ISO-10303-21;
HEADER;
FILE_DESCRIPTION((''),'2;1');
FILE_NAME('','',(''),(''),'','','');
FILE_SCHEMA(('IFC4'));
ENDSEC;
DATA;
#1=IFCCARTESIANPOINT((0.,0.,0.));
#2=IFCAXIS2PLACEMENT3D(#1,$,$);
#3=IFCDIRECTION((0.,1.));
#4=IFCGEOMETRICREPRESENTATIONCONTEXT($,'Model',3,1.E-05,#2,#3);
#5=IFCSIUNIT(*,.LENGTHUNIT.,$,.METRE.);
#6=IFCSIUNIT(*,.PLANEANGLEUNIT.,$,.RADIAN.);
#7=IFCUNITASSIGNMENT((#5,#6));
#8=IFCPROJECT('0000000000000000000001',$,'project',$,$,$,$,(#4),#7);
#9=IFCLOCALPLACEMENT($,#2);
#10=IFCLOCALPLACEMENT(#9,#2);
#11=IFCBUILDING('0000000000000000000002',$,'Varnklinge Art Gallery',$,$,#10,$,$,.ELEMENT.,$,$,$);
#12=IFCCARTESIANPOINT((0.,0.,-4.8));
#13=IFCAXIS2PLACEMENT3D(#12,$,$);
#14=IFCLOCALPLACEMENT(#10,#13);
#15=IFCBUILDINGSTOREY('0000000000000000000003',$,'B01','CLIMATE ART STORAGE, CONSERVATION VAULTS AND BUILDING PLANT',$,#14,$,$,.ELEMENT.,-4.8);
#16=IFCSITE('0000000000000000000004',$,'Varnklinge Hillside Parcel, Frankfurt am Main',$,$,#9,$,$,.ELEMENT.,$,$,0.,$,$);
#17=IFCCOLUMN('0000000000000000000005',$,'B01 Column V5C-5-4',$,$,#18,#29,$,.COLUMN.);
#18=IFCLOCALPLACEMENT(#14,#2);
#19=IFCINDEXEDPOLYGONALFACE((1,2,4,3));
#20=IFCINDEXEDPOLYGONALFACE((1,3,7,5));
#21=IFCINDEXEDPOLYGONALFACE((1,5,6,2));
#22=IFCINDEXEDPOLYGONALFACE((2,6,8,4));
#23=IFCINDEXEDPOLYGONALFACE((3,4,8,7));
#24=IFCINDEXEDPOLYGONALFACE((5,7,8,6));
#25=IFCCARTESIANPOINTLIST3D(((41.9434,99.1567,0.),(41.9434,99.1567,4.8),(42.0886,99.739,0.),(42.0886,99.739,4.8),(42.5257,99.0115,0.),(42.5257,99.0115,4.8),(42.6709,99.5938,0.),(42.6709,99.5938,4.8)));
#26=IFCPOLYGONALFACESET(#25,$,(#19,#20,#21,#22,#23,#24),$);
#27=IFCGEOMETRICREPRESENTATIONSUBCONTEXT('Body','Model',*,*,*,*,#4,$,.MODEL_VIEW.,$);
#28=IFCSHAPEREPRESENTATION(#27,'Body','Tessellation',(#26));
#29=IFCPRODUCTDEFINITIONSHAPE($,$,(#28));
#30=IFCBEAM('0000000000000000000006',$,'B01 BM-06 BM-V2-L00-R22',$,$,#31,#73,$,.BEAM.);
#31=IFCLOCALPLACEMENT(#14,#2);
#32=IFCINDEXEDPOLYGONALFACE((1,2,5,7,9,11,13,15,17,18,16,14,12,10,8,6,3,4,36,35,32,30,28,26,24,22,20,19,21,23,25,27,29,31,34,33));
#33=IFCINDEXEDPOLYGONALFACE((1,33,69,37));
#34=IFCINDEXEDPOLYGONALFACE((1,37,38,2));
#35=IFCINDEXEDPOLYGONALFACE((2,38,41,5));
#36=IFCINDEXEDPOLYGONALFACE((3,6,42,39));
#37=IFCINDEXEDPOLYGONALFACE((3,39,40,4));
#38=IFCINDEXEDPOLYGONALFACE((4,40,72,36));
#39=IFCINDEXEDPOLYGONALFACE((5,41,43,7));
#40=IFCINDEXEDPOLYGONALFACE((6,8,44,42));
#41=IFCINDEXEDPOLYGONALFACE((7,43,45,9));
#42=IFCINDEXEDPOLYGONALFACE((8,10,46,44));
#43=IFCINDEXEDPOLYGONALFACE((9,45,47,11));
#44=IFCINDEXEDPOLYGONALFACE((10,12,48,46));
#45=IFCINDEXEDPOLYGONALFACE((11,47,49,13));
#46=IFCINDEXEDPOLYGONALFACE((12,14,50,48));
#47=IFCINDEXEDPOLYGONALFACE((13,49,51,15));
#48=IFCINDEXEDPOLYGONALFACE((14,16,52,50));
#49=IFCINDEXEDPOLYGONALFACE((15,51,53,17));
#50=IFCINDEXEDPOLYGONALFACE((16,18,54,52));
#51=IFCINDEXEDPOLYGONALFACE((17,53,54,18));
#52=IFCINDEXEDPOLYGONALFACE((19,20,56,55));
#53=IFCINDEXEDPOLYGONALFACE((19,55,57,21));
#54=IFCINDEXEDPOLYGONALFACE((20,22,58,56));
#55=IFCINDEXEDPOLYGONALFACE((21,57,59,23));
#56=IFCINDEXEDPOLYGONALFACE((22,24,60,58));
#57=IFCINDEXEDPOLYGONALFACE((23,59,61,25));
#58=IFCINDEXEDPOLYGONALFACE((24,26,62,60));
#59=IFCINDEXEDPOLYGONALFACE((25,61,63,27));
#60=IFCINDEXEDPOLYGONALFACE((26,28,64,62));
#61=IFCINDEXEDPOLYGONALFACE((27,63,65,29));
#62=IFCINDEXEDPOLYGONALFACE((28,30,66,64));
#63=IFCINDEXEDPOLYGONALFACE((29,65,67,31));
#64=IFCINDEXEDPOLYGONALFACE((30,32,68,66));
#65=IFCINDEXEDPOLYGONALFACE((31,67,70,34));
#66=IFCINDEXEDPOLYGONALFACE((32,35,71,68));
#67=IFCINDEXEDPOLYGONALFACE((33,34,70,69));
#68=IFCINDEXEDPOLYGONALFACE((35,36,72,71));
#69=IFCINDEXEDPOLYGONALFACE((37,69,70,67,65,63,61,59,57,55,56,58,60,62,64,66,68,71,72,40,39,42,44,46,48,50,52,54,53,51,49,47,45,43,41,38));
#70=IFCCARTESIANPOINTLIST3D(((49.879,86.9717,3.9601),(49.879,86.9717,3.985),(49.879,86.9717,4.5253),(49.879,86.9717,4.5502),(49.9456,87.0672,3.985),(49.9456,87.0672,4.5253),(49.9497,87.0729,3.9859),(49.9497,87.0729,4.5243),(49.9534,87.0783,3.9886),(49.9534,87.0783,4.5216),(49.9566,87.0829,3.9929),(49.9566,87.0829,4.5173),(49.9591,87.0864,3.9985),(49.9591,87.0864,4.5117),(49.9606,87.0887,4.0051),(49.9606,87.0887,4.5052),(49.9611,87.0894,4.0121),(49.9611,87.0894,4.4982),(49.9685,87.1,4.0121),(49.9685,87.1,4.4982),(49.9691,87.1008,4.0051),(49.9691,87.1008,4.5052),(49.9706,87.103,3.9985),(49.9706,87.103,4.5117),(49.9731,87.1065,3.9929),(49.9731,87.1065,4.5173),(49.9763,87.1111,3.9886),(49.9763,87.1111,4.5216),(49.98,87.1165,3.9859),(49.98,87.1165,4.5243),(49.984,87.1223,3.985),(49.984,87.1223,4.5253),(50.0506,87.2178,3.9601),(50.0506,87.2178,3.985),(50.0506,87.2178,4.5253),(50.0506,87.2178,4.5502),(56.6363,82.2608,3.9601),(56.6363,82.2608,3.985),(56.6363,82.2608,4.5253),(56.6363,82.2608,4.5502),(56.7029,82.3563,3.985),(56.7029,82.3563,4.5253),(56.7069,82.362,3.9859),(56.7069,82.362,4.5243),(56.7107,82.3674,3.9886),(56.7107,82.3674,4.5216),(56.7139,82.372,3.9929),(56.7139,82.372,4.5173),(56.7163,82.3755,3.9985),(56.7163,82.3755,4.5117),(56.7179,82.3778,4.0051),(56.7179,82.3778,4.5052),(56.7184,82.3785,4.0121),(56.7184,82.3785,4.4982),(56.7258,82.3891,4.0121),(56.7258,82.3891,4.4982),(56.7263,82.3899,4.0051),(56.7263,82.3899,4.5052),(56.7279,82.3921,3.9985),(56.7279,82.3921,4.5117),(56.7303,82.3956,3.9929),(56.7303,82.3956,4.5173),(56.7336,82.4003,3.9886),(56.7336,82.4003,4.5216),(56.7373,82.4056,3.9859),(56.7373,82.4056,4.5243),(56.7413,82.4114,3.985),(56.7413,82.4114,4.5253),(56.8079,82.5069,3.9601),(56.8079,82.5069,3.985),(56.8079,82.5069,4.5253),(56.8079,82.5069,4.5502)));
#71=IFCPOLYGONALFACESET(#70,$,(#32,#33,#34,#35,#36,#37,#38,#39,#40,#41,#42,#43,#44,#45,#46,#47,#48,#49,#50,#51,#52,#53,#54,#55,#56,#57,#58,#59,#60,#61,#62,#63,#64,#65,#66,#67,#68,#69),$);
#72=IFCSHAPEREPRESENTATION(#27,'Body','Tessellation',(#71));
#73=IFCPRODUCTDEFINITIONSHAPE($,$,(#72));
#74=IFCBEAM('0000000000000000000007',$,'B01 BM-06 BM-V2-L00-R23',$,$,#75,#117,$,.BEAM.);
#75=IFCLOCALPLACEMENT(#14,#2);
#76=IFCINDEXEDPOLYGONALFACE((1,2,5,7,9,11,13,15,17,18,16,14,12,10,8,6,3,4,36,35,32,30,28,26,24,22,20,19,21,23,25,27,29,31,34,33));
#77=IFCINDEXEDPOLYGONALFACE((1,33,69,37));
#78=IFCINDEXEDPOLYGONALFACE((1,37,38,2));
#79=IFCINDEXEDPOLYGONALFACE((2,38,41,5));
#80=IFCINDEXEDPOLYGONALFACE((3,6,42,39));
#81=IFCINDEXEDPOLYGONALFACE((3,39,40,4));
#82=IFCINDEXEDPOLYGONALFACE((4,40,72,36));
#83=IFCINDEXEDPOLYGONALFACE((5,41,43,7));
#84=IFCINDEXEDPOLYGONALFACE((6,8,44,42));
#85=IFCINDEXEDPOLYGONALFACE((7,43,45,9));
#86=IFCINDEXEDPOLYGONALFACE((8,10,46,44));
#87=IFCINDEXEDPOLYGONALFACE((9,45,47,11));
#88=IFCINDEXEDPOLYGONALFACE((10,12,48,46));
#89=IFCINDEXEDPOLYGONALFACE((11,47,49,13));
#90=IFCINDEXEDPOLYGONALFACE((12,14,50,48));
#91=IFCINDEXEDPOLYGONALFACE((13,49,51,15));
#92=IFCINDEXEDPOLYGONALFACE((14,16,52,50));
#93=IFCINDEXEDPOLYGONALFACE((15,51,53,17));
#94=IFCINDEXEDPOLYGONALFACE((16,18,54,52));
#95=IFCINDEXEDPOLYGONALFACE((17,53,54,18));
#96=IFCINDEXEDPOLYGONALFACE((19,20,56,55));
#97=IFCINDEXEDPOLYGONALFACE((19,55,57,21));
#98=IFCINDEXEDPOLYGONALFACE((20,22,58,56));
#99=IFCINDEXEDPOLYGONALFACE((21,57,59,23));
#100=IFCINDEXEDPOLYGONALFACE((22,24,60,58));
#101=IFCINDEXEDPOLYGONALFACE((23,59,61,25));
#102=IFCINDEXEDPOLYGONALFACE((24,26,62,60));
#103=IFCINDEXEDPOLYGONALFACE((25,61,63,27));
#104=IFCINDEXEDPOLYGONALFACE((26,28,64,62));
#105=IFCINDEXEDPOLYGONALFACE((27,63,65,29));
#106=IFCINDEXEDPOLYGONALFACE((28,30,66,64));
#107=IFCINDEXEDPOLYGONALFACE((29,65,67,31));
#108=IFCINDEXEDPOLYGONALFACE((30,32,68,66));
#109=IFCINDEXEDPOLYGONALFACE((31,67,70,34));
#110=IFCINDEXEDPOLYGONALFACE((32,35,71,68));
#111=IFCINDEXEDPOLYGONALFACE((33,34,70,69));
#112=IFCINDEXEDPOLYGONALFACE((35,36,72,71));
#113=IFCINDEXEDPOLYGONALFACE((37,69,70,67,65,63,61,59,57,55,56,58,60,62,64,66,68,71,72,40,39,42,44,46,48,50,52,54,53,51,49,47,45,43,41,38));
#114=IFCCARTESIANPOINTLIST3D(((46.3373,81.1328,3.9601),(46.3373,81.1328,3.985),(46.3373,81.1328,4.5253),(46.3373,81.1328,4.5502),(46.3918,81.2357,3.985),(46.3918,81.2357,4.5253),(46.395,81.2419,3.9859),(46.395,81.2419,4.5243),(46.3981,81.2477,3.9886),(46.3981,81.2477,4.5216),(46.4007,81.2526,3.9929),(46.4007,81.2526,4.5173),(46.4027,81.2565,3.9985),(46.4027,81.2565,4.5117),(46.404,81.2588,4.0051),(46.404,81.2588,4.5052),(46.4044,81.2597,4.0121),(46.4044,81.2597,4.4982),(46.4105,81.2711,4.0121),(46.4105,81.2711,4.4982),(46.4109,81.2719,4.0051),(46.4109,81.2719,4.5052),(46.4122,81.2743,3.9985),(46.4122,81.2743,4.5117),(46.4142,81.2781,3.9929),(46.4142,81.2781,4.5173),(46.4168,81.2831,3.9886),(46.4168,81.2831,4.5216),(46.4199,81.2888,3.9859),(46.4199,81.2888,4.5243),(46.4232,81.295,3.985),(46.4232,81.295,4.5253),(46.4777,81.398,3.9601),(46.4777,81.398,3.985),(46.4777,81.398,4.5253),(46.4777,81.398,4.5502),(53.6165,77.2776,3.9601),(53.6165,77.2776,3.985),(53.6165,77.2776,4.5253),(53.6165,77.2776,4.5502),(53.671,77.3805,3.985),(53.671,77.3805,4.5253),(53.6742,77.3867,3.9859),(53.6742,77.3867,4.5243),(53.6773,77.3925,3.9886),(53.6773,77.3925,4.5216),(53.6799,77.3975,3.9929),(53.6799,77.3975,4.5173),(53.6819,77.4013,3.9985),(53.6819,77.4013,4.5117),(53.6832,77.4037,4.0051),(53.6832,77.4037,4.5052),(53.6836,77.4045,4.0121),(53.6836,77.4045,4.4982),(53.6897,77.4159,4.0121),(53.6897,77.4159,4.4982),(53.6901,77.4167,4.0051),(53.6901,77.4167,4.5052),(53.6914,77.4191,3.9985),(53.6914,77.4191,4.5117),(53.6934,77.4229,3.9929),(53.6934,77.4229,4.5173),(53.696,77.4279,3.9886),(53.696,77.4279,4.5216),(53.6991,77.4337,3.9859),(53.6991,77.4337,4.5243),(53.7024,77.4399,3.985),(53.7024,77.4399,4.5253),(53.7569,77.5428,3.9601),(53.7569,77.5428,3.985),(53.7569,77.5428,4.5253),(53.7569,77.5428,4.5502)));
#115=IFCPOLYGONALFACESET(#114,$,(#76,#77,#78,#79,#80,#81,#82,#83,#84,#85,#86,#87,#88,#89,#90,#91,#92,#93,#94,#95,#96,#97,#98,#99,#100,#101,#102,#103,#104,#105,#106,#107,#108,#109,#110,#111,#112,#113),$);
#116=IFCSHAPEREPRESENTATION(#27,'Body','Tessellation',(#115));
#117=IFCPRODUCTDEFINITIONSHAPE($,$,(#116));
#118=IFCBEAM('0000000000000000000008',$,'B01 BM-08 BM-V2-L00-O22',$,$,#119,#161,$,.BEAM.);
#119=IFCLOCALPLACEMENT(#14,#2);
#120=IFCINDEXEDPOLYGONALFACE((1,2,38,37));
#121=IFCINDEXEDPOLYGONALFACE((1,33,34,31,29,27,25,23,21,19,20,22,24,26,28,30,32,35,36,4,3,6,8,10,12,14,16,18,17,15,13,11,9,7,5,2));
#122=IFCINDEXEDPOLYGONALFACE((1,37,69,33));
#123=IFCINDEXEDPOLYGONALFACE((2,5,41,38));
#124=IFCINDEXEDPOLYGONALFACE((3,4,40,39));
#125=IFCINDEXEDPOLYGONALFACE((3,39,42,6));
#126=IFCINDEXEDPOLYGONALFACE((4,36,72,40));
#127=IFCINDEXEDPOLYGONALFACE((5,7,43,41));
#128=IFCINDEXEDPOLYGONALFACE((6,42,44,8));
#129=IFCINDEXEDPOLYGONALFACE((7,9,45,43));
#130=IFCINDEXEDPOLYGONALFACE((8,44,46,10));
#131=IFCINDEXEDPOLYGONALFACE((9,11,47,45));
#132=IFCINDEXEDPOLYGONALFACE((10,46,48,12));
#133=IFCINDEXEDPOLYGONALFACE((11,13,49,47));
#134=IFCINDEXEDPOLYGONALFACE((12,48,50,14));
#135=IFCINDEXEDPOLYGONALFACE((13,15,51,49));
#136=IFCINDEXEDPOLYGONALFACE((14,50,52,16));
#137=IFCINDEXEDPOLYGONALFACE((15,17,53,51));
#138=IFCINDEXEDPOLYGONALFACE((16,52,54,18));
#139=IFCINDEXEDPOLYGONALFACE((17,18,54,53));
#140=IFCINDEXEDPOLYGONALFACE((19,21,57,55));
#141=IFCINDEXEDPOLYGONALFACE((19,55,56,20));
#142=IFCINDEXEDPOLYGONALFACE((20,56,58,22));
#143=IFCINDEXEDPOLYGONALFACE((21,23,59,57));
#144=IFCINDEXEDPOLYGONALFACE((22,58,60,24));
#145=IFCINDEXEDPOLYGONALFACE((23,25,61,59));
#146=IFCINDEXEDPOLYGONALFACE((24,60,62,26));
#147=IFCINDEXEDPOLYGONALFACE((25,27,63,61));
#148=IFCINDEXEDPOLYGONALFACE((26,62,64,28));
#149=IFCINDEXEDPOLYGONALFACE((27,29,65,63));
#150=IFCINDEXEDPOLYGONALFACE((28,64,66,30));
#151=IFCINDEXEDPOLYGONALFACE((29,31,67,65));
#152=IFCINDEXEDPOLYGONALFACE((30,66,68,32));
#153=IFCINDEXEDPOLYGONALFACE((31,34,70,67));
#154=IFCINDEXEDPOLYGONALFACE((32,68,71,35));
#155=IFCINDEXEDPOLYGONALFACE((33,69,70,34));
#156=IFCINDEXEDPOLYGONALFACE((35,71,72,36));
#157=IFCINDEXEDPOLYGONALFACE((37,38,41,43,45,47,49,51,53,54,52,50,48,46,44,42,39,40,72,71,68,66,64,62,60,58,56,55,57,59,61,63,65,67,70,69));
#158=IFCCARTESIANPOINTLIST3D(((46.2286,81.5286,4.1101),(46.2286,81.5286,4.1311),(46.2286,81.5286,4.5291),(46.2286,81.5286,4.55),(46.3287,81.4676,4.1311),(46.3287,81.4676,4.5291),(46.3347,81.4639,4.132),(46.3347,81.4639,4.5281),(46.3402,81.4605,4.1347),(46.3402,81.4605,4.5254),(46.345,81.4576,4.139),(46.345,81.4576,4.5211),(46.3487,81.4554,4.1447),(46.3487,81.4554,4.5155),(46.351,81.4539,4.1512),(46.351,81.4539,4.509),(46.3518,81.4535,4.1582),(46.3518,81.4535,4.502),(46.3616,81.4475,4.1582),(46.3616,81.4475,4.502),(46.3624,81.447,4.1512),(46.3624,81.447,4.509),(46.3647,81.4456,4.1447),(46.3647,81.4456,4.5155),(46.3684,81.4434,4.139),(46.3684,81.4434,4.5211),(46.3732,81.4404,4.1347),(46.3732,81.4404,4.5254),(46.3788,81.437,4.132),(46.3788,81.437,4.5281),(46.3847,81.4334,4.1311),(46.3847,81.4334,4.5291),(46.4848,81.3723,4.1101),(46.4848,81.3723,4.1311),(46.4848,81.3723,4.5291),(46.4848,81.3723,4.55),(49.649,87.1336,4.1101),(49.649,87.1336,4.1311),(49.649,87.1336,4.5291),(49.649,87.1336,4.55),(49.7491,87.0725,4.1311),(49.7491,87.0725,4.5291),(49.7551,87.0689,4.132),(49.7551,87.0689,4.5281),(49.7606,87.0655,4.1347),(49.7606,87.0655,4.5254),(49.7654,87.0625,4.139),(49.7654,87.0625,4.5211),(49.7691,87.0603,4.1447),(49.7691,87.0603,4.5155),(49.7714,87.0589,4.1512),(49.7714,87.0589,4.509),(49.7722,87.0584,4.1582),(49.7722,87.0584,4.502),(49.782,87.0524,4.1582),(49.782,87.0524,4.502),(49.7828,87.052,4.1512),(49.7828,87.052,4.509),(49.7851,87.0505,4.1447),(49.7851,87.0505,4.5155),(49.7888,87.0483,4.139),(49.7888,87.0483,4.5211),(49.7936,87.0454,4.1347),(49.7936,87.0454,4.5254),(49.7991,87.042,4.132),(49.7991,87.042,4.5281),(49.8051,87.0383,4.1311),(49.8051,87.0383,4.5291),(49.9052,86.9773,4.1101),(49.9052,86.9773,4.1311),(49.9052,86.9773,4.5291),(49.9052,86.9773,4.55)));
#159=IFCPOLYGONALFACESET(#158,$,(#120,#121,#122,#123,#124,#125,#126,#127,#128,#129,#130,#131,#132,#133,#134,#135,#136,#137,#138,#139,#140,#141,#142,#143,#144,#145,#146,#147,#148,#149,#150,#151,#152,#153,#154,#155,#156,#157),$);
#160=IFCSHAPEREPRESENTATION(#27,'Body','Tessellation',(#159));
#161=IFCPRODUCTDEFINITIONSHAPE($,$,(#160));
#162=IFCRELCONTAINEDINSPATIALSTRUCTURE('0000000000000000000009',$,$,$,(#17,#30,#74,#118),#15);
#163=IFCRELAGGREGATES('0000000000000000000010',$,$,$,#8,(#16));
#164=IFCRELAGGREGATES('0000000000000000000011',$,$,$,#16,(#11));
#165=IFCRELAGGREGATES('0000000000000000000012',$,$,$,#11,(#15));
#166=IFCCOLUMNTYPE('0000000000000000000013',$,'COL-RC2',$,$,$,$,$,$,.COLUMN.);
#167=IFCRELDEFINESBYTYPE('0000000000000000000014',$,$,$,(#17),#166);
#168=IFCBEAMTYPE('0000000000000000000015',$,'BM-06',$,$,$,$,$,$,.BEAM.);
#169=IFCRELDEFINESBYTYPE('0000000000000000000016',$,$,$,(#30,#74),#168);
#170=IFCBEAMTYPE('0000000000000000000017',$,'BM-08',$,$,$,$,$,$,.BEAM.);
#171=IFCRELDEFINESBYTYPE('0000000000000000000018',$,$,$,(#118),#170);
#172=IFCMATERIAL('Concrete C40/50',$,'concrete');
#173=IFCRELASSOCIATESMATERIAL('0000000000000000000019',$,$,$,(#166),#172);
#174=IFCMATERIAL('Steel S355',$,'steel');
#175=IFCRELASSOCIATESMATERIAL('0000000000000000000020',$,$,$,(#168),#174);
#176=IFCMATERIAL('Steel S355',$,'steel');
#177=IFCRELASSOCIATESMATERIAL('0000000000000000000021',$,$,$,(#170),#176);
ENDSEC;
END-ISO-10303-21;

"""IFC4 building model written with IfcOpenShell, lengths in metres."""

from ifc_helpers import new_model, si_unit, direction, frame, origin, origin_2d, place, context, subcontext, project, spatial, rectangle, i_section, extrude, material, material_profile, profile_set, type_object, element, save


model = new_model("IFC4")

# Units and contexts
model_context = context("Model", 3, precision=1e-05, world=origin(), true_north=direction((0.0, 1.0)))
body_context = subcontext(model_context, "Body", "Model", "MODEL_VIEW")
ifc_project = project(units=[si_unit("LENGTHUNIT", "METRE"), si_unit("PLANEANGLEUNIT", "RADIAN")], contexts=[model_context])

# Site, building, storey
site_placement = place(None, origin())
site = spatial("IfcSite", under=ifc_project, at=site_placement, Name="Varnklinge Hillside Parcel, Frankfurt am Main", CompositionType="ELEMENT", RefElevation=0.0)
building_placement = place(site_placement, origin())
building = spatial("IfcBuilding", under=site, at=building_placement, Name="Varnklinge Art Gallery", CompositionType="ELEMENT")
storey_placement = place(building_placement, frame((0.0, 0.0, -4.8)))
storey = spatial("IfcBuildingStorey", under=building, at=storey_placement, Name="B01", Description="CLIMATE ART STORAGE, CONSERVATION VAULTS AND BUILDING PLANT", CompositionType="ELEMENT", Elevation=-4.8)

# Column
ifc_material_1 = material(Name="Concrete C40/50", Category="concrete")
ifc_material_profile_1 = material_profile(ifc_material_1, rectangle(XDim=0.6001, YDim=0.6001, at=origin_2d()), Name="RC 600x600")
ifc_profile_set_1 = profile_set([ifc_material_profile_1], Name="Concrete C40/50")
column_type_1 = type_object("IfcColumnType", Name="COL-RC2", PredefinedType="COLUMN", material=ifc_profile_set_1)
column_placement = place(storey_placement, frame((42.3071, 99.3752, 0.0), z_axis=(0.0, 0.0, 1.0), x_axis=(0.970296, -0.241922, 0.0)))
element("IfcColumn", 1, at=column_placement, inside=storey, type_object=column_type_1, Name="B01 Column V5C-5-4", PredefinedType="COLUMN", context=body_context, shape_type="SweptSolid", body=[
    extrude(rectangle(XDim=0.6001, YDim=0.6001, at=origin_2d()), origin(), (0.0, 0.0, 1.0), 4.8),
])

# Beams
ifc_material_2 = material(Name="Steel S355", Category="steel")
ifc_material_profile_2 = material_profile(ifc_material_2, i_section(OverallWidth=0.3, OverallDepth=0.5901, WebThickness=0.0129, FlangeThickness=0.0249, FilletRadius=0.0271, at=origin_2d()), Name="HEA 600")
ifc_profile_set_2 = profile_set([ifc_material_profile_2], Name="Steel S355")
beam_type_1 = type_object("IfcBeamType", Name="BM-06", PredefinedType="BEAM", material=ifc_profile_set_2)
beam_1_placement = place(storey_placement, frame((49.9648, 87.0947, 4.2551), z_axis=(0.820325, -0.571898, 0.0), x_axis=(0.571898, 0.820325, 0.0)))
element("IfcBeam", 2, at=beam_1_placement, inside=storey, type_object=beam_type_1, Name="B01 BM-06 BM-V2-L00-R22", PredefinedType="BEAM", context=body_context, shape_type="SweptSolid", body=[
    extrude(i_section(OverallWidth=0.3, OverallDepth=0.5901, WebThickness=0.0129, FlangeThickness=0.0249, FilletRadius=0.0271, at=origin_2d()), origin(), (0.0, 0.0, 1.0), 8.2373),
])
beam_2_placement = place(storey_placement, frame((46.4075, 81.2654, 4.2551), z_axis=(0.883714, -0.468028, 0.0), x_axis=(0.468028, 0.883714, 0.0)))
element("IfcBeam", 3, at=beam_2_placement, inside=storey, type_object=beam_type_1, Name="B01 BM-06 BM-V2-L00-R23", PredefinedType="BEAM", context=body_context, shape_type="SweptSolid", body=[
    extrude(i_section(OverallWidth=0.3, OverallDepth=0.5901, WebThickness=0.0129, FlangeThickness=0.0249, FilletRadius=0.0271, at=origin_2d()), origin(), (0.0, 0.0, 1.0), 8.2371),
])
ifc_material_3 = material(Name="Steel S355", Category="steel")
ifc_material_profile_3 = material_profile(ifc_material_3, i_section(OverallWidth=0.3, OverallDepth=0.4399, WebThickness=0.0115, FlangeThickness=0.021, FilletRadius=0.0271, at=origin_2d()), Name="HEA 450")
ifc_profile_set_3 = profile_set([ifc_material_profile_3], Name="Steel S355")
beam_type_2 = type_object("IfcBeamType", Name="BM-08", PredefinedType="BEAM", material=ifc_profile_set_3)
beam_3_placement = place(storey_placement, frame((49.7771, 87.0554, 4.3301), z_axis=(-0.520911, -0.853611, 0.0), x_axis=(0.853611, -0.520911, 0.0)))
element("IfcBeam", 4, at=beam_3_placement, inside=storey, type_object=beam_type_2, Name="B01 BM-08 BM-V2-L00-O22", PredefinedType="BEAM", context=body_context, shape_type="SweptSolid", body=[
    extrude(i_section(OverallWidth=0.3, OverallDepth=0.4399, WebThickness=0.0115, FlangeThickness=0.021, FilletRadius=0.0271, at=origin_2d()), origin(), (0.0, 0.0, 1.0), 6.5662),
])

save(model, "model.ifc")
